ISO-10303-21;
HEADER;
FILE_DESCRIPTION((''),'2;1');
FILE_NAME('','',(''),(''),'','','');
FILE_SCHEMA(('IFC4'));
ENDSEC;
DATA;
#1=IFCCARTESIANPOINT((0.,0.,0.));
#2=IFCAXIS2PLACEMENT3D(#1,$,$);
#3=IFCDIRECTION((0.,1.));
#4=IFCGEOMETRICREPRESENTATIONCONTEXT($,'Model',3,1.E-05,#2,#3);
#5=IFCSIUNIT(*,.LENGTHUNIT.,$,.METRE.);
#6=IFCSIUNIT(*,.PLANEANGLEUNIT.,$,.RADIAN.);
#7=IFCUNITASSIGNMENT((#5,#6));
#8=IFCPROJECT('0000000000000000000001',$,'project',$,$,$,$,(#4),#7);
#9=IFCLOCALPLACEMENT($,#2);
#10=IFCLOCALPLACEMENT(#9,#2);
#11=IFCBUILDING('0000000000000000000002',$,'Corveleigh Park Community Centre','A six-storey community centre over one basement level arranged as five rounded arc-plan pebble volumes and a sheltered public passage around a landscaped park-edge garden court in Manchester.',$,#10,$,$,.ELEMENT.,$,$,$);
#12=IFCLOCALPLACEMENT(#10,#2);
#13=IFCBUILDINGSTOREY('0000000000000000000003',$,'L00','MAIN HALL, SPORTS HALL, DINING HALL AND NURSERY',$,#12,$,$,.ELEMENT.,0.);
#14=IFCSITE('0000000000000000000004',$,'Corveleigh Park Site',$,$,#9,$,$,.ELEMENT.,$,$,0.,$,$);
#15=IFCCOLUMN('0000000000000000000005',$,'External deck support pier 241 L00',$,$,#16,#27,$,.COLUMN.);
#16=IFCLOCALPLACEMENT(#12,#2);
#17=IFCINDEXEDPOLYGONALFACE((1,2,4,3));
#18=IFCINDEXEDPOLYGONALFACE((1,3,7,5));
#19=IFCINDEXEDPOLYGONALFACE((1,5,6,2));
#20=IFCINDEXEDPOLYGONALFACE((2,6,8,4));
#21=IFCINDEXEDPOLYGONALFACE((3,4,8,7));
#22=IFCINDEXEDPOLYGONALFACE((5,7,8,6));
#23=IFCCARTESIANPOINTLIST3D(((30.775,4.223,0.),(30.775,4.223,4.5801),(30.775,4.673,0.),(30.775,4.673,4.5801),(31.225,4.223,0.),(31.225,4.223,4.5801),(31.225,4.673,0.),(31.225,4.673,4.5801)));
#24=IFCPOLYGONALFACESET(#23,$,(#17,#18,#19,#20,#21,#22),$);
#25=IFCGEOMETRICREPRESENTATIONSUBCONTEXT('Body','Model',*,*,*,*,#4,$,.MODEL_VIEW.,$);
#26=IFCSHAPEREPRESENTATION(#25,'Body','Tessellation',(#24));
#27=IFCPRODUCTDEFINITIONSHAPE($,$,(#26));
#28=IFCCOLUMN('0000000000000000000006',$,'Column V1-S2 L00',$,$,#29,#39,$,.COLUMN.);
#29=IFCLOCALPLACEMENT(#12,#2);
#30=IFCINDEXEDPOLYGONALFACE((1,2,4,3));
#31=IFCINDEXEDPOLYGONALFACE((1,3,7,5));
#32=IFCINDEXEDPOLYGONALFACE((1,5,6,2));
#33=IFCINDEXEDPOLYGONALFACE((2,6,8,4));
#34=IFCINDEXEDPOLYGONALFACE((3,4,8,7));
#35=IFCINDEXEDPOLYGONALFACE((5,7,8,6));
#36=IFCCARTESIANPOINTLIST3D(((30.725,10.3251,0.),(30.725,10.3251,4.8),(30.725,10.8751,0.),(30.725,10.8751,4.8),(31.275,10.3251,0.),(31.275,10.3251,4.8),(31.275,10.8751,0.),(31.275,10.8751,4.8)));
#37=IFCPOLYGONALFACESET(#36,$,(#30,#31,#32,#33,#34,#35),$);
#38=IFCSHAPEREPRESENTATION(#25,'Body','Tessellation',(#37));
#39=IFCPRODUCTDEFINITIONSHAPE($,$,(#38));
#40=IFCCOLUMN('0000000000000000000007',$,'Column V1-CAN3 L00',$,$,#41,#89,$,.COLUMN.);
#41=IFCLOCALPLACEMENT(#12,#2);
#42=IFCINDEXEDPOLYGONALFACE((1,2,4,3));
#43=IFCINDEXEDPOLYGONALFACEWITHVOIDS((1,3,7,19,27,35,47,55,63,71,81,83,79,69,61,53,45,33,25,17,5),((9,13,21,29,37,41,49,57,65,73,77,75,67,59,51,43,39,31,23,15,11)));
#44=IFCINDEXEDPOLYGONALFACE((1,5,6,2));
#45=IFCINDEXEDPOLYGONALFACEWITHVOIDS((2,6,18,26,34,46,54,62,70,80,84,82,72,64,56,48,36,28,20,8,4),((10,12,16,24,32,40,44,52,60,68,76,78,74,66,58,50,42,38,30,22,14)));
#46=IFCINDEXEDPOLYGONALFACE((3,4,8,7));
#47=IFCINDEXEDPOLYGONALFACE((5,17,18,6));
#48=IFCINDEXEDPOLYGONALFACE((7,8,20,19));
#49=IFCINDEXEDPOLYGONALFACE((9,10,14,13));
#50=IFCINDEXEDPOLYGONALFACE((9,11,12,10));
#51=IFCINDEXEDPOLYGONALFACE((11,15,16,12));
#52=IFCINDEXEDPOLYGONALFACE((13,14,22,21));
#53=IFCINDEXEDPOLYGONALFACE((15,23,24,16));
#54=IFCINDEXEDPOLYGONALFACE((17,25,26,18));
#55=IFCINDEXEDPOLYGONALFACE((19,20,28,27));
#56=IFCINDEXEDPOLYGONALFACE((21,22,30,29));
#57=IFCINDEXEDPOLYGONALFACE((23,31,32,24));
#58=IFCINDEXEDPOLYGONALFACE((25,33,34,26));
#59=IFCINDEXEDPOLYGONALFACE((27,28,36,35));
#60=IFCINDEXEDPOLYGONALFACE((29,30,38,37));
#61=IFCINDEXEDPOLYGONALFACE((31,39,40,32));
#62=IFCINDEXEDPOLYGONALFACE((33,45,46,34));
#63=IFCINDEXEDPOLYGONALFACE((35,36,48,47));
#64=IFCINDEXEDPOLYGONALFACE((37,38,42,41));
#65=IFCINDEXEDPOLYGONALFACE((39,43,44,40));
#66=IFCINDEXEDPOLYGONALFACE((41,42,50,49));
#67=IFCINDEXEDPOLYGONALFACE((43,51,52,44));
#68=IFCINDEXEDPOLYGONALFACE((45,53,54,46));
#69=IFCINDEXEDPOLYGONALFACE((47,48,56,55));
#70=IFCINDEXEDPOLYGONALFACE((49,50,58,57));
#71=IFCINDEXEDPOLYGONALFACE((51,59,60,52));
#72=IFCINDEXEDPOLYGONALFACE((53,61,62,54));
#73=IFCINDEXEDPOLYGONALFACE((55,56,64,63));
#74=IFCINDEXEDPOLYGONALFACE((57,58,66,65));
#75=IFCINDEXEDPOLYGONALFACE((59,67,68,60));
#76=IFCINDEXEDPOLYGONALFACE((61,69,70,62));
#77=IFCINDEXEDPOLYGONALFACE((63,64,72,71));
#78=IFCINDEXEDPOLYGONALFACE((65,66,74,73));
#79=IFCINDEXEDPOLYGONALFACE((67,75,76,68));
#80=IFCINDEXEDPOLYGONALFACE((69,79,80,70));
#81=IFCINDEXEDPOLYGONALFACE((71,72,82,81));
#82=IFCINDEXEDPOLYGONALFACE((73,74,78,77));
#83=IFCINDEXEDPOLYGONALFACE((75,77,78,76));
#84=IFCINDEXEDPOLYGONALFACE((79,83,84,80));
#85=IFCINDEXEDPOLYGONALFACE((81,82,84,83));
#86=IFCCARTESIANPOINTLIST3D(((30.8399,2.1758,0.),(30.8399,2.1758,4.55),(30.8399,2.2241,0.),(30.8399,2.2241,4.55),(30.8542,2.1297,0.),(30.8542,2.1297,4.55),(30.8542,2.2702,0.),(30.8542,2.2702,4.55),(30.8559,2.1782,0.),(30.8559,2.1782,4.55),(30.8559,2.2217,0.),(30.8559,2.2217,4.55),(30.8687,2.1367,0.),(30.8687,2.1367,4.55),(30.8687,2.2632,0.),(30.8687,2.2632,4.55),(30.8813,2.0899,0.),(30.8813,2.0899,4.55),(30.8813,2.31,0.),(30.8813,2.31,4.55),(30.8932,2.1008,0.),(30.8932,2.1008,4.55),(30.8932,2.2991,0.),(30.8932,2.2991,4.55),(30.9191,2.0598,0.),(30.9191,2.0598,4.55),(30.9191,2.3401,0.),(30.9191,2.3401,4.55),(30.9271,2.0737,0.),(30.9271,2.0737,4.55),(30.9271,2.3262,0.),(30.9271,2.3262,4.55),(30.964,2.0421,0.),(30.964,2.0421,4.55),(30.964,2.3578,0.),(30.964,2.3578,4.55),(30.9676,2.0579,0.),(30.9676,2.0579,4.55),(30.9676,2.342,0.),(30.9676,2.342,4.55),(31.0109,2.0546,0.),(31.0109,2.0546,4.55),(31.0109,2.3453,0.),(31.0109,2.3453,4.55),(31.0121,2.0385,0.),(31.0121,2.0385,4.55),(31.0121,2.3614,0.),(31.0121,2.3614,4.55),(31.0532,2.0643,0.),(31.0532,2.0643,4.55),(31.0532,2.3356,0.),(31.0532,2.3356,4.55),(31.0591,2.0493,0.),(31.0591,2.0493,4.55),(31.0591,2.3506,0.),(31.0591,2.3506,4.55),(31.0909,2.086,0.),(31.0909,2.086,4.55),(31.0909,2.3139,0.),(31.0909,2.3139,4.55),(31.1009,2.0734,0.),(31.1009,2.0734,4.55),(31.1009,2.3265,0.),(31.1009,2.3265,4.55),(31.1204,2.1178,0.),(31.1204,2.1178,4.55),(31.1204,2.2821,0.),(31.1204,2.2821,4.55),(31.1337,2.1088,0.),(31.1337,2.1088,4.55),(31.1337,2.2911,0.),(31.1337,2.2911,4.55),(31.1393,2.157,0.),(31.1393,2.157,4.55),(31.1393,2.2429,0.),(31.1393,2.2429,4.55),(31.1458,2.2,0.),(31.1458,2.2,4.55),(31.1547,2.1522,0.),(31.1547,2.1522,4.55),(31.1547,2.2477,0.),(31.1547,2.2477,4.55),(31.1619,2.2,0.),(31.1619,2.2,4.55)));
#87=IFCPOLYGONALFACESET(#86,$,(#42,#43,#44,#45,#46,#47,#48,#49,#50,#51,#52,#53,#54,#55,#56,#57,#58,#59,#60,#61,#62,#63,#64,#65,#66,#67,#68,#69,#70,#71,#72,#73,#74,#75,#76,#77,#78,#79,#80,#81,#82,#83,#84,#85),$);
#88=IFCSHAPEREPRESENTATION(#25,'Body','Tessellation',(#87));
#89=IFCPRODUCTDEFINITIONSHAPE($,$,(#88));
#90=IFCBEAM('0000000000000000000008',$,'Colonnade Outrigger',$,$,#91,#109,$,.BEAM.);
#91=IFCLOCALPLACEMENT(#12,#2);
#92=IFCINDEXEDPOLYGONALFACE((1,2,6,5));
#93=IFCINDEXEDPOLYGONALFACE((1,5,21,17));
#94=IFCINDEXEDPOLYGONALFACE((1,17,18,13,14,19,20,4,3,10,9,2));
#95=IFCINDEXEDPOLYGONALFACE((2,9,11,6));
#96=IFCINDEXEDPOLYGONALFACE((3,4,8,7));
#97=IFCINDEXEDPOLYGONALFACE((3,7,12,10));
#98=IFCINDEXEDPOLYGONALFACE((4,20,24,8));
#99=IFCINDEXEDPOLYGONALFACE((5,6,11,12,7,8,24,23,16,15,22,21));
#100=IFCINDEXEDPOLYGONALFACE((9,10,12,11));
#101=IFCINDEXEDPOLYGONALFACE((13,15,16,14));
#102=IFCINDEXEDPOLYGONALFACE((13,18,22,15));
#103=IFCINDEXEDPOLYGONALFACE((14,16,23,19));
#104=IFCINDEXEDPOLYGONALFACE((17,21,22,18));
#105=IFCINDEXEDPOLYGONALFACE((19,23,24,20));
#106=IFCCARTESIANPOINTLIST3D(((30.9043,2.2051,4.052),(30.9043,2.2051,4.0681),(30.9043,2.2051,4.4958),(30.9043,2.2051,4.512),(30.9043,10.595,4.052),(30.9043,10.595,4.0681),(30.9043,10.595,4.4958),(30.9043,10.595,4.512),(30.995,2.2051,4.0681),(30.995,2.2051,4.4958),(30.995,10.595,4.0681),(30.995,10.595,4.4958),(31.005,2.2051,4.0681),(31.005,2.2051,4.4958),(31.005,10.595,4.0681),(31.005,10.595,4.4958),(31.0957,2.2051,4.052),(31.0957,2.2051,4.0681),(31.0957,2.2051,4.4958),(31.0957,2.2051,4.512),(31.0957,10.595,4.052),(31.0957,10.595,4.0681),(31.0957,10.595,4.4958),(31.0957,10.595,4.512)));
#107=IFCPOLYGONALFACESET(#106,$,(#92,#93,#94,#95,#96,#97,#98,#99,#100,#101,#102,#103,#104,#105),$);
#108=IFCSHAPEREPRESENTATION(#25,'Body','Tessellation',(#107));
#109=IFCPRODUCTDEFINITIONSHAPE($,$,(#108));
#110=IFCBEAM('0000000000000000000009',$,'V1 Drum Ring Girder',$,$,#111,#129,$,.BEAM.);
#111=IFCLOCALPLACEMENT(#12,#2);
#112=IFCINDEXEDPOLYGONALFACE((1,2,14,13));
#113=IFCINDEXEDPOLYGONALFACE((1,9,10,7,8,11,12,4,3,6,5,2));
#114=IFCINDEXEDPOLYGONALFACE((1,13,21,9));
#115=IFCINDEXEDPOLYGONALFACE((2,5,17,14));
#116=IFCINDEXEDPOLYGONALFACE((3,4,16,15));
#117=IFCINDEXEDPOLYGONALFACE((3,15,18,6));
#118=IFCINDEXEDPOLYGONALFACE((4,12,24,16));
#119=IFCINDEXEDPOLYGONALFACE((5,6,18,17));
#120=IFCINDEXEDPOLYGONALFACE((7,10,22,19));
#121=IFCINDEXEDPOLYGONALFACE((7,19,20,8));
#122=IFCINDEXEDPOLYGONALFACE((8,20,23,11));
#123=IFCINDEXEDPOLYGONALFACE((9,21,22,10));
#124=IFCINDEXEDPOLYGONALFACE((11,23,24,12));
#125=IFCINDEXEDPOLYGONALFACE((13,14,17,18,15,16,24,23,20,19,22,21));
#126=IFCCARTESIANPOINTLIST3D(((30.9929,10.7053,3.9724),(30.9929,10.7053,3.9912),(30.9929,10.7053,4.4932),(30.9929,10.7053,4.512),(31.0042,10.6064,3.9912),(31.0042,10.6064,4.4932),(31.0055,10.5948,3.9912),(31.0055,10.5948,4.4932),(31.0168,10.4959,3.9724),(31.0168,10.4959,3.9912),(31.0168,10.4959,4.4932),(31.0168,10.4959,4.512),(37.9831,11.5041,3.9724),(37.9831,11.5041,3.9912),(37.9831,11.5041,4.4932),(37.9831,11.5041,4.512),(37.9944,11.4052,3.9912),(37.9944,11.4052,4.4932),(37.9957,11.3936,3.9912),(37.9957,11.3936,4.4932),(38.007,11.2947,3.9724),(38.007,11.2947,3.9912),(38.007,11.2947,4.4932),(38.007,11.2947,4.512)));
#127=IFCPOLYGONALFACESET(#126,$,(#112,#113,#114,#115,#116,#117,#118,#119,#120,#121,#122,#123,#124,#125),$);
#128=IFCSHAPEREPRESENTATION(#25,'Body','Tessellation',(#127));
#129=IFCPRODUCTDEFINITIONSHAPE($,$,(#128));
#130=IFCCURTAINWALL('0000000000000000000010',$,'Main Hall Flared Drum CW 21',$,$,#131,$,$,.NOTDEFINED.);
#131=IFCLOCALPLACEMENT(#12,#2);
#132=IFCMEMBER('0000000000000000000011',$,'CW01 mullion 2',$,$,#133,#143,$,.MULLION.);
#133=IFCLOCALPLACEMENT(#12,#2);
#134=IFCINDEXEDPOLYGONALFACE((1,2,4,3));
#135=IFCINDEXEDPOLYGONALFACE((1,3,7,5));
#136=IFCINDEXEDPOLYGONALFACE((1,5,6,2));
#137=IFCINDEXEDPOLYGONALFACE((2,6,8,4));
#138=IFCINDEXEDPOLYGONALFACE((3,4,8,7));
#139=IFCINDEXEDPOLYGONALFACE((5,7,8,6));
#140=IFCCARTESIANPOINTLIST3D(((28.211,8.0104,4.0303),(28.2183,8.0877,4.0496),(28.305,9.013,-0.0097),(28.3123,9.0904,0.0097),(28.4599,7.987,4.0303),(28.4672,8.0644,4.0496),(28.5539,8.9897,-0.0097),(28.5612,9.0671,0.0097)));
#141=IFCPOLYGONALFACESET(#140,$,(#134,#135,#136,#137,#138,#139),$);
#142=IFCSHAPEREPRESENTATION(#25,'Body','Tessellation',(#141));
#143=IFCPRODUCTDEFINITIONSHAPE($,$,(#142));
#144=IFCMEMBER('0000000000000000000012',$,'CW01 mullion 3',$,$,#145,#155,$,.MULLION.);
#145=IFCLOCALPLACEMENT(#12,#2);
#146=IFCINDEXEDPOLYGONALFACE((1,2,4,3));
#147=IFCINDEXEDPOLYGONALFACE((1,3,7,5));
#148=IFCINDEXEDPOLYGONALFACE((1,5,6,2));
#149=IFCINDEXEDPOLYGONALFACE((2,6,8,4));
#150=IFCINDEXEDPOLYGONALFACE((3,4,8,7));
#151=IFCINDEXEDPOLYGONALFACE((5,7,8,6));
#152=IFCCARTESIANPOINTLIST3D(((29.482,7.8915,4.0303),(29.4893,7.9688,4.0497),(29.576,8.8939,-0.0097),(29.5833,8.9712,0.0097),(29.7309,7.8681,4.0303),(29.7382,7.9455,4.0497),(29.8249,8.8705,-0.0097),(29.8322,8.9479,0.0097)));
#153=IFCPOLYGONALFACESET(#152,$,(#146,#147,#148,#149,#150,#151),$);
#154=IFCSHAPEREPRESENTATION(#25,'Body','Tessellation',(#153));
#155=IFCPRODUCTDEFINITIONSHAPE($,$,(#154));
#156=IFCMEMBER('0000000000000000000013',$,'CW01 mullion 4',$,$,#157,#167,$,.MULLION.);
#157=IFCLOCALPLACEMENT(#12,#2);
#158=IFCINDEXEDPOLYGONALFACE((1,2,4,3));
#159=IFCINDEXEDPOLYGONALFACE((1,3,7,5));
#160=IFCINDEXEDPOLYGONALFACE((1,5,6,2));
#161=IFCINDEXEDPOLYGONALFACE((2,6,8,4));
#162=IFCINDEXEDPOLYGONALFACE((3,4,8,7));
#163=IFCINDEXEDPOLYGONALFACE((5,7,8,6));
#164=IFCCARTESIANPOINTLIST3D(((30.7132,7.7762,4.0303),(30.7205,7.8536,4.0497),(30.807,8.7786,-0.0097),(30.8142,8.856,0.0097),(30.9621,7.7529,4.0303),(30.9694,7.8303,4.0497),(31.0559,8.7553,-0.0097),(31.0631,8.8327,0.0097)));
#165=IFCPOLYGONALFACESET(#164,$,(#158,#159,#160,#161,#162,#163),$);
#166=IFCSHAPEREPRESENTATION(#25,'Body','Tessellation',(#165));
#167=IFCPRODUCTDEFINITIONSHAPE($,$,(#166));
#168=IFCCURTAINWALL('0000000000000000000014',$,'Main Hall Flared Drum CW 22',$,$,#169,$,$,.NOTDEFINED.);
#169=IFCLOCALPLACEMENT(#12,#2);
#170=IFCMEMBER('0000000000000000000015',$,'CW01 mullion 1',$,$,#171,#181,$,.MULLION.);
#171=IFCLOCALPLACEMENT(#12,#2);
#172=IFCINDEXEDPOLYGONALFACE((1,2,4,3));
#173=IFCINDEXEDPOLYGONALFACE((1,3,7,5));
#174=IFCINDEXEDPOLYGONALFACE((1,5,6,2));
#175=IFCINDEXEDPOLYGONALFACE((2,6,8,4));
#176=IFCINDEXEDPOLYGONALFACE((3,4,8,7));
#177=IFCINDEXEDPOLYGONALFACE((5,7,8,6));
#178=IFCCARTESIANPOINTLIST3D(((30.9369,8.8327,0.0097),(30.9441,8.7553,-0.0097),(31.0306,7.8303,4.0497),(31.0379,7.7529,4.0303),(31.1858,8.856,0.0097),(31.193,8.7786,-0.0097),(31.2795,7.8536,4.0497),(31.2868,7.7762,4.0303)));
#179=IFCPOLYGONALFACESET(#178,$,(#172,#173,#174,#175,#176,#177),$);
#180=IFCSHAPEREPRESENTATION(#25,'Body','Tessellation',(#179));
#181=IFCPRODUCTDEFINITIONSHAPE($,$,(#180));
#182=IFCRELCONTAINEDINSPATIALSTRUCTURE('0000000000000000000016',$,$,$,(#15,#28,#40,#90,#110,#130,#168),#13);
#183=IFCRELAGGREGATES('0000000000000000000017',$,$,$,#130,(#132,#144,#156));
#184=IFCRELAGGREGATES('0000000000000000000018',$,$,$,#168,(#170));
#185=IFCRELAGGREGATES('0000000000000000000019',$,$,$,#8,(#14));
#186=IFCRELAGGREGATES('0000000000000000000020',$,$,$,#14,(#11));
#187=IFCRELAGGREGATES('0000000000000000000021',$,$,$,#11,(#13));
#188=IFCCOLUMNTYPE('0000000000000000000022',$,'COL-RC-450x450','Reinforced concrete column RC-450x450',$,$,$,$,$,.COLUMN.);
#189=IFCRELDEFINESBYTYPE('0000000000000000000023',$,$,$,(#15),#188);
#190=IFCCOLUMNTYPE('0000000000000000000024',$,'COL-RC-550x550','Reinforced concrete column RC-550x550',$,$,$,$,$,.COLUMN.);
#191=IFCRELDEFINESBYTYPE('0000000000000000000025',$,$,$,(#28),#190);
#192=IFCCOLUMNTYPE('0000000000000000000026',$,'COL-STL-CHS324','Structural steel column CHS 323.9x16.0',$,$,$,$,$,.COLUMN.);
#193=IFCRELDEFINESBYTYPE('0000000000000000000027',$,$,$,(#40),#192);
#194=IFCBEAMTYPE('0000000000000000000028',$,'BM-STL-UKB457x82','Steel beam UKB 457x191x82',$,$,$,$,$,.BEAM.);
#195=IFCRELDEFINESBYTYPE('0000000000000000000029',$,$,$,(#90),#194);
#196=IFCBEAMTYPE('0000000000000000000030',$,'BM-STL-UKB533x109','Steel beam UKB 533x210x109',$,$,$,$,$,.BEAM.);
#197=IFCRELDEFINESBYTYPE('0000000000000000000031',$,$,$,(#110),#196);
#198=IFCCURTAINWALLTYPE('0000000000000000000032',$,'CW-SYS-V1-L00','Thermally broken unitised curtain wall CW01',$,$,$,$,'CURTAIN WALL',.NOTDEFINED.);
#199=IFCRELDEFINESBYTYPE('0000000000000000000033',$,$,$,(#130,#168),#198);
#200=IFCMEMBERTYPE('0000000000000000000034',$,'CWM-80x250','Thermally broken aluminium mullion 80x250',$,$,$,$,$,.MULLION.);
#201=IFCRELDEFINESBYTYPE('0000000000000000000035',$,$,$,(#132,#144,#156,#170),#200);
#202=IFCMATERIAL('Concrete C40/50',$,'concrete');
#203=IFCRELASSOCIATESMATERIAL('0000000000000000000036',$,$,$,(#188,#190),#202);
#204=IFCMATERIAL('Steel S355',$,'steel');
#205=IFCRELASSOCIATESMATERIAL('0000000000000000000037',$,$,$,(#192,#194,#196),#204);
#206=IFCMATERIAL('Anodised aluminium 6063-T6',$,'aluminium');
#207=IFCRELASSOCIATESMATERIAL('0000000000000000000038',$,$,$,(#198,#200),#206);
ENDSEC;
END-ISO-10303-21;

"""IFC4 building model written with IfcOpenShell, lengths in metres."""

from ifc_helpers import new_model, si_unit, direction, frame, origin, origin_2d, place, context, subcontext, project, spatial, rectangle, hollow_circle, i_section, extrude, material, material_profile, profile_set, type_object, element, aggregate, save


model = new_model("IFC4")

# Units and contexts
model_context = context("Model", 3, precision=1e-05, world=origin(), true_north=direction((0.0, 1.0)))
body_context = subcontext(model_context, "Body", "Model", "MODEL_VIEW")
ifc_project = project(units=[si_unit("LENGTHUNIT", "METRE"), si_unit("PLANEANGLEUNIT", "RADIAN")], contexts=[model_context])

# Site, building, storey
site_placement = place(None, origin())
site = spatial("IfcSite", under=ifc_project, at=site_placement, Name="Corveleigh Park Site", CompositionType="ELEMENT", RefElevation=0.0)
building_placement = place(site_placement, origin())
building = spatial("IfcBuilding", under=site, at=building_placement, Name="Corveleigh Park Community Centre", Description="A six-storey community centre over one basement level arranged as five rounded arc-plan pebble volumes and a sheltered public passage around a landscaped park-edge garden court in Manchester.", CompositionType="ELEMENT")
storey_placement = place(building_placement, origin())
storey = spatial("IfcBuildingStorey", under=building, at=storey_placement, Name="L00", Description="MAIN HALL, SPORTS HALL, DINING HALL AND NURSERY", CompositionType="ELEMENT", Elevation=0.0)

# Columns
ifc_material_1 = material(Name="Concrete C40/50", Category="concrete")
ifc_material_profile_1 = material_profile(ifc_material_1, rectangle(XDim=0.45, YDim=0.45, at=origin_2d()), Name="RC-450x450", Category="concrete")
ifc_profile_set_1 = profile_set([ifc_material_profile_1], Name="Concrete C40/50")
column_type_1 = type_object("IfcColumnType", Name="COL-RC-450x450", Description="Reinforced concrete column RC-450x450", PredefinedType="COLUMN", material=ifc_profile_set_1)
column_1_placement = place(storey_placement, frame((31.0, 4.448, 0.0), z_axis=(0.0, 0.0, 1.0), x_axis=(1.0, 0.0, 0.0)))
element("IfcColumn", 1, at=column_1_placement, inside=storey, type_object=column_type_1, Name="External deck support pier 241 L00", PredefinedType="COLUMN", context=body_context, shape_type="SweptSolid", body=[
    extrude(rectangle(XDim=0.45, YDim=0.45, at=origin_2d()), origin(), (0.0, 0.0, 1.0), 4.5801),
])
ifc_material_profile_2 = material_profile(ifc_material_1, rectangle(XDim=0.55, YDim=0.55, at=origin_2d()), Name="RC-550x550", Category="concrete")
ifc_profile_set_2 = profile_set([ifc_material_profile_2], Name="Concrete C40/50")
column_type_2 = type_object("IfcColumnType", Name="COL-RC-550x550", Description="Reinforced concrete column RC-550x550", PredefinedType="COLUMN", material=ifc_profile_set_2)
column_2_placement = place(storey_placement, frame((31.0, 10.6001, 0.0), z_axis=(0.0, 0.0, 1.0), x_axis=(1.0, 0.0, 0.0)))
element("IfcColumn", 2, at=column_2_placement, inside=storey, type_object=column_type_2, Name="Column V1-S2 L00", PredefinedType="COLUMN", context=body_context, shape_type="SweptSolid", body=[
    extrude(rectangle(XDim=0.55, YDim=0.55, at=origin_2d()), origin(), (0.0, 0.0, 1.0), 4.8),
])
ifc_material_2 = material(Name="Steel S355", Category="steel")
ifc_material_profile_3 = material_profile(ifc_material_2, hollow_circle(Radius=0.1619, WallThickness=0.0161, at=origin_2d()), Name="CHS 323.9x16.0", Category="steel")
ifc_profile_set_3 = profile_set([ifc_material_profile_3], Name="Steel S355")
column_type_3 = type_object("IfcColumnType", Name="COL-STL-CHS324", Description="Structural steel column CHS 323.9x16.0", PredefinedType="COLUMN", material=ifc_profile_set_3)
column_3_placement = place(storey_placement, frame((31.0, 2.2, 0.0), z_axis=(0.0, 0.0, 1.0), x_axis=(1.0, 0.0, 0.0)))
element("IfcColumn", 3, at=column_3_placement, inside=storey, type_object=column_type_3, Name="Column V1-CAN3 L00", PredefinedType="COLUMN", context=body_context, shape_type="SweptSolid", body=[
    extrude(hollow_circle(Radius=0.1619, WallThickness=0.0161, at=origin_2d()), origin(), (0.0, 0.0, 1.0), 4.55),
])

# Beams
ifc_material_profile_4 = material_profile(ifc_material_2, i_section(OverallWidth=0.1914, OverallDepth=0.46, WebThickness=0.01, FlangeThickness=0.0161, at=origin_2d()), Name="UKB 457x191x82", Category="steel")
ifc_profile_set_4 = profile_set([ifc_material_profile_4], Name="Steel S355")
beam_type_1 = type_object("IfcBeamType", Name="BM-STL-UKB457x82", Description="Steel beam UKB 457x191x82", PredefinedType="BEAM", material=ifc_profile_set_4)
beam_1_placement = place(storey_placement, frame((31.0, 2.2051, 4.282), z_axis=(0.0, 1.0, 0.0), x_axis=(-1.0, 0.0, 0.0)))
element("IfcBeam", 4, at=beam_1_placement, inside=storey, type_object=beam_type_1, Name="Colonnade Outrigger", PredefinedType="BEAM", context=body_context, shape_type="SweptSolid", body=[
    extrude(i_section(OverallWidth=0.1914, OverallDepth=0.46, WebThickness=0.01, FlangeThickness=0.0161, at=origin_2d()), origin(), (0.0, 0.0, 1.0), 8.3899),
])
ifc_material_profile_5 = material_profile(ifc_material_2, i_section(OverallWidth=0.2107, OverallDepth=0.5396, WebThickness=0.0117, FlangeThickness=0.0188, at=origin_2d()), Name="UKB 533x210x109", Category="steel")
ifc_profile_set_5 = profile_set([ifc_material_profile_5], Name="Steel S355")
beam_type_2 = type_object("IfcBeamType", Name="BM-STL-UKB533x109", Description="Steel beam UKB 533x210x109", PredefinedType="BEAM", material=ifc_profile_set_5)
beam_2_placement = place(storey_placement, frame((31.0049, 10.6006, 4.2422), z_axis=(0.993534, 0.113539, 0.0), x_axis=(-0.113539, 0.993534, 0.0)))
element("IfcBeam", 5, at=beam_2_placement, inside=storey, type_object=beam_type_2, Name="V1 Drum Ring Girder", PredefinedType="BEAM", context=body_context, shape_type="SweptSolid", body=[
    extrude(i_section(OverallWidth=0.2107, OverallDepth=0.5396, WebThickness=0.0117, FlangeThickness=0.0188, at=origin_2d()), origin(), (0.0, 0.0, 1.0), 7.0356),
])

# Curtain walls, members
ifc_material_3 = material(Name="Anodised aluminium 6063-T6", Category="aluminium")
curtain_wall_type = type_object("IfcCurtainWallType", Name="CW-SYS-V1-L00", Description="Thermally broken unitised curtain wall CW01", ElementType="CURTAIN WALL", PredefinedType="NOTDEFINED", material=ifc_material_3)
curtain_wall_1_placement = place(storey_placement, origin())
curtain_wall_1 = element("IfcCurtainWall", 6, at=curtain_wall_1_placement, inside=storey, type_object=curtain_wall_type, Name="Main Hall Flared Drum CW 21", PredefinedType="NOTDEFINED")
ifc_material_profile_6 = material_profile(ifc_material_3, rectangle(XDim=0.0801, YDim=0.25, at=origin_2d()), Name="ALU-M80x250", Category="aluminium")
ifc_profile_set_6 = profile_set([ifc_material_profile_6], Name="Anodised aluminium 6063-T6")
member_type_1 = type_object("IfcMemberType", Name="CWM-80x250", Description="Thermally broken aluminium mullion 80x250", PredefinedType="MULLION", material=ifc_profile_set_6)
member_1_placement = place(storey_placement, frame((28.4331, 9.04, 0.0), z_axis=(-0.022575, -0.240818, 0.970308), x_axis=(0.090562, 0.966072, 0.241874)))
member_1 = element("IfcMember", 7, at=member_1_placement, type_object=member_type_1, Name="CW01 mullion 2", PredefinedType="MULLION", context=body_context, shape_type="SweptSolid", body=[
    extrude(rectangle(XDim=0.0801, YDim=0.25, at=origin_2d()), origin(), (0.0, 0.0, 1.0), 4.1636),
])
member_2_placement = place(storey_placement, frame((29.7041, 8.9209, 0.0), z_axis=(-0.022575, -0.240763, 0.970321), x_axis=(0.090585, 0.966084, 0.241819)))
member_2 = element("IfcMember", 8, at=member_2_placement, type_object=member_type_1, Name="CW01 mullion 3", PredefinedType="MULLION", context=body_context, shape_type="SweptSolid", body=[
    extrude(rectangle(XDim=0.0801, YDim=0.25, at=origin_2d()), origin(), (0.0, 0.0, 1.0), 4.1636),
])
member_3_placement = place(storey_placement, frame((30.9351, 8.8057, 0.0), z_axis=(-0.022517, -0.240763, 0.970323), x_axis=(0.090352, 0.966107, 0.241814)))
member_3 = element("IfcMember", 9, at=member_3_placement, type_object=member_type_1, Name="CW01 mullion 4", PredefinedType="MULLION", context=body_context, shape_type="SweptSolid", body=[
    extrude(rectangle(XDim=0.0801, YDim=0.25, at=origin_2d()), origin(), (0.0, 0.0, 1.0), 4.1636),
])
curtain_wall_2_placement = place(storey_placement, origin())
curtain_wall_2 = element("IfcCurtainWall", 10, at=curtain_wall_2_placement, inside=storey, type_object=curtain_wall_type, Name="Main Hall Flared Drum CW 22", PredefinedType="NOTDEFINED")
member_4_placement = place(storey_placement, frame((31.0649, 8.8057, 0.0), z_axis=(0.022517, -0.240763, 0.970323), x_axis=(-0.090352, 0.966107, 0.241814)))
member_4 = element("IfcMember", 11, at=member_4_placement, type_object=member_type_1, Name="CW01 mullion 1", PredefinedType="MULLION", context=body_context, shape_type="SweptSolid", body=[
    extrude(rectangle(XDim=0.0801, YDim=0.25, at=origin_2d()), origin(), (0.0, 0.0, 1.0), 4.1636),
])

aggregate(curtain_wall_1, [member_1, member_2, member_3])
aggregate(curtain_wall_2, [member_4])

save(model, "model.ifc")
